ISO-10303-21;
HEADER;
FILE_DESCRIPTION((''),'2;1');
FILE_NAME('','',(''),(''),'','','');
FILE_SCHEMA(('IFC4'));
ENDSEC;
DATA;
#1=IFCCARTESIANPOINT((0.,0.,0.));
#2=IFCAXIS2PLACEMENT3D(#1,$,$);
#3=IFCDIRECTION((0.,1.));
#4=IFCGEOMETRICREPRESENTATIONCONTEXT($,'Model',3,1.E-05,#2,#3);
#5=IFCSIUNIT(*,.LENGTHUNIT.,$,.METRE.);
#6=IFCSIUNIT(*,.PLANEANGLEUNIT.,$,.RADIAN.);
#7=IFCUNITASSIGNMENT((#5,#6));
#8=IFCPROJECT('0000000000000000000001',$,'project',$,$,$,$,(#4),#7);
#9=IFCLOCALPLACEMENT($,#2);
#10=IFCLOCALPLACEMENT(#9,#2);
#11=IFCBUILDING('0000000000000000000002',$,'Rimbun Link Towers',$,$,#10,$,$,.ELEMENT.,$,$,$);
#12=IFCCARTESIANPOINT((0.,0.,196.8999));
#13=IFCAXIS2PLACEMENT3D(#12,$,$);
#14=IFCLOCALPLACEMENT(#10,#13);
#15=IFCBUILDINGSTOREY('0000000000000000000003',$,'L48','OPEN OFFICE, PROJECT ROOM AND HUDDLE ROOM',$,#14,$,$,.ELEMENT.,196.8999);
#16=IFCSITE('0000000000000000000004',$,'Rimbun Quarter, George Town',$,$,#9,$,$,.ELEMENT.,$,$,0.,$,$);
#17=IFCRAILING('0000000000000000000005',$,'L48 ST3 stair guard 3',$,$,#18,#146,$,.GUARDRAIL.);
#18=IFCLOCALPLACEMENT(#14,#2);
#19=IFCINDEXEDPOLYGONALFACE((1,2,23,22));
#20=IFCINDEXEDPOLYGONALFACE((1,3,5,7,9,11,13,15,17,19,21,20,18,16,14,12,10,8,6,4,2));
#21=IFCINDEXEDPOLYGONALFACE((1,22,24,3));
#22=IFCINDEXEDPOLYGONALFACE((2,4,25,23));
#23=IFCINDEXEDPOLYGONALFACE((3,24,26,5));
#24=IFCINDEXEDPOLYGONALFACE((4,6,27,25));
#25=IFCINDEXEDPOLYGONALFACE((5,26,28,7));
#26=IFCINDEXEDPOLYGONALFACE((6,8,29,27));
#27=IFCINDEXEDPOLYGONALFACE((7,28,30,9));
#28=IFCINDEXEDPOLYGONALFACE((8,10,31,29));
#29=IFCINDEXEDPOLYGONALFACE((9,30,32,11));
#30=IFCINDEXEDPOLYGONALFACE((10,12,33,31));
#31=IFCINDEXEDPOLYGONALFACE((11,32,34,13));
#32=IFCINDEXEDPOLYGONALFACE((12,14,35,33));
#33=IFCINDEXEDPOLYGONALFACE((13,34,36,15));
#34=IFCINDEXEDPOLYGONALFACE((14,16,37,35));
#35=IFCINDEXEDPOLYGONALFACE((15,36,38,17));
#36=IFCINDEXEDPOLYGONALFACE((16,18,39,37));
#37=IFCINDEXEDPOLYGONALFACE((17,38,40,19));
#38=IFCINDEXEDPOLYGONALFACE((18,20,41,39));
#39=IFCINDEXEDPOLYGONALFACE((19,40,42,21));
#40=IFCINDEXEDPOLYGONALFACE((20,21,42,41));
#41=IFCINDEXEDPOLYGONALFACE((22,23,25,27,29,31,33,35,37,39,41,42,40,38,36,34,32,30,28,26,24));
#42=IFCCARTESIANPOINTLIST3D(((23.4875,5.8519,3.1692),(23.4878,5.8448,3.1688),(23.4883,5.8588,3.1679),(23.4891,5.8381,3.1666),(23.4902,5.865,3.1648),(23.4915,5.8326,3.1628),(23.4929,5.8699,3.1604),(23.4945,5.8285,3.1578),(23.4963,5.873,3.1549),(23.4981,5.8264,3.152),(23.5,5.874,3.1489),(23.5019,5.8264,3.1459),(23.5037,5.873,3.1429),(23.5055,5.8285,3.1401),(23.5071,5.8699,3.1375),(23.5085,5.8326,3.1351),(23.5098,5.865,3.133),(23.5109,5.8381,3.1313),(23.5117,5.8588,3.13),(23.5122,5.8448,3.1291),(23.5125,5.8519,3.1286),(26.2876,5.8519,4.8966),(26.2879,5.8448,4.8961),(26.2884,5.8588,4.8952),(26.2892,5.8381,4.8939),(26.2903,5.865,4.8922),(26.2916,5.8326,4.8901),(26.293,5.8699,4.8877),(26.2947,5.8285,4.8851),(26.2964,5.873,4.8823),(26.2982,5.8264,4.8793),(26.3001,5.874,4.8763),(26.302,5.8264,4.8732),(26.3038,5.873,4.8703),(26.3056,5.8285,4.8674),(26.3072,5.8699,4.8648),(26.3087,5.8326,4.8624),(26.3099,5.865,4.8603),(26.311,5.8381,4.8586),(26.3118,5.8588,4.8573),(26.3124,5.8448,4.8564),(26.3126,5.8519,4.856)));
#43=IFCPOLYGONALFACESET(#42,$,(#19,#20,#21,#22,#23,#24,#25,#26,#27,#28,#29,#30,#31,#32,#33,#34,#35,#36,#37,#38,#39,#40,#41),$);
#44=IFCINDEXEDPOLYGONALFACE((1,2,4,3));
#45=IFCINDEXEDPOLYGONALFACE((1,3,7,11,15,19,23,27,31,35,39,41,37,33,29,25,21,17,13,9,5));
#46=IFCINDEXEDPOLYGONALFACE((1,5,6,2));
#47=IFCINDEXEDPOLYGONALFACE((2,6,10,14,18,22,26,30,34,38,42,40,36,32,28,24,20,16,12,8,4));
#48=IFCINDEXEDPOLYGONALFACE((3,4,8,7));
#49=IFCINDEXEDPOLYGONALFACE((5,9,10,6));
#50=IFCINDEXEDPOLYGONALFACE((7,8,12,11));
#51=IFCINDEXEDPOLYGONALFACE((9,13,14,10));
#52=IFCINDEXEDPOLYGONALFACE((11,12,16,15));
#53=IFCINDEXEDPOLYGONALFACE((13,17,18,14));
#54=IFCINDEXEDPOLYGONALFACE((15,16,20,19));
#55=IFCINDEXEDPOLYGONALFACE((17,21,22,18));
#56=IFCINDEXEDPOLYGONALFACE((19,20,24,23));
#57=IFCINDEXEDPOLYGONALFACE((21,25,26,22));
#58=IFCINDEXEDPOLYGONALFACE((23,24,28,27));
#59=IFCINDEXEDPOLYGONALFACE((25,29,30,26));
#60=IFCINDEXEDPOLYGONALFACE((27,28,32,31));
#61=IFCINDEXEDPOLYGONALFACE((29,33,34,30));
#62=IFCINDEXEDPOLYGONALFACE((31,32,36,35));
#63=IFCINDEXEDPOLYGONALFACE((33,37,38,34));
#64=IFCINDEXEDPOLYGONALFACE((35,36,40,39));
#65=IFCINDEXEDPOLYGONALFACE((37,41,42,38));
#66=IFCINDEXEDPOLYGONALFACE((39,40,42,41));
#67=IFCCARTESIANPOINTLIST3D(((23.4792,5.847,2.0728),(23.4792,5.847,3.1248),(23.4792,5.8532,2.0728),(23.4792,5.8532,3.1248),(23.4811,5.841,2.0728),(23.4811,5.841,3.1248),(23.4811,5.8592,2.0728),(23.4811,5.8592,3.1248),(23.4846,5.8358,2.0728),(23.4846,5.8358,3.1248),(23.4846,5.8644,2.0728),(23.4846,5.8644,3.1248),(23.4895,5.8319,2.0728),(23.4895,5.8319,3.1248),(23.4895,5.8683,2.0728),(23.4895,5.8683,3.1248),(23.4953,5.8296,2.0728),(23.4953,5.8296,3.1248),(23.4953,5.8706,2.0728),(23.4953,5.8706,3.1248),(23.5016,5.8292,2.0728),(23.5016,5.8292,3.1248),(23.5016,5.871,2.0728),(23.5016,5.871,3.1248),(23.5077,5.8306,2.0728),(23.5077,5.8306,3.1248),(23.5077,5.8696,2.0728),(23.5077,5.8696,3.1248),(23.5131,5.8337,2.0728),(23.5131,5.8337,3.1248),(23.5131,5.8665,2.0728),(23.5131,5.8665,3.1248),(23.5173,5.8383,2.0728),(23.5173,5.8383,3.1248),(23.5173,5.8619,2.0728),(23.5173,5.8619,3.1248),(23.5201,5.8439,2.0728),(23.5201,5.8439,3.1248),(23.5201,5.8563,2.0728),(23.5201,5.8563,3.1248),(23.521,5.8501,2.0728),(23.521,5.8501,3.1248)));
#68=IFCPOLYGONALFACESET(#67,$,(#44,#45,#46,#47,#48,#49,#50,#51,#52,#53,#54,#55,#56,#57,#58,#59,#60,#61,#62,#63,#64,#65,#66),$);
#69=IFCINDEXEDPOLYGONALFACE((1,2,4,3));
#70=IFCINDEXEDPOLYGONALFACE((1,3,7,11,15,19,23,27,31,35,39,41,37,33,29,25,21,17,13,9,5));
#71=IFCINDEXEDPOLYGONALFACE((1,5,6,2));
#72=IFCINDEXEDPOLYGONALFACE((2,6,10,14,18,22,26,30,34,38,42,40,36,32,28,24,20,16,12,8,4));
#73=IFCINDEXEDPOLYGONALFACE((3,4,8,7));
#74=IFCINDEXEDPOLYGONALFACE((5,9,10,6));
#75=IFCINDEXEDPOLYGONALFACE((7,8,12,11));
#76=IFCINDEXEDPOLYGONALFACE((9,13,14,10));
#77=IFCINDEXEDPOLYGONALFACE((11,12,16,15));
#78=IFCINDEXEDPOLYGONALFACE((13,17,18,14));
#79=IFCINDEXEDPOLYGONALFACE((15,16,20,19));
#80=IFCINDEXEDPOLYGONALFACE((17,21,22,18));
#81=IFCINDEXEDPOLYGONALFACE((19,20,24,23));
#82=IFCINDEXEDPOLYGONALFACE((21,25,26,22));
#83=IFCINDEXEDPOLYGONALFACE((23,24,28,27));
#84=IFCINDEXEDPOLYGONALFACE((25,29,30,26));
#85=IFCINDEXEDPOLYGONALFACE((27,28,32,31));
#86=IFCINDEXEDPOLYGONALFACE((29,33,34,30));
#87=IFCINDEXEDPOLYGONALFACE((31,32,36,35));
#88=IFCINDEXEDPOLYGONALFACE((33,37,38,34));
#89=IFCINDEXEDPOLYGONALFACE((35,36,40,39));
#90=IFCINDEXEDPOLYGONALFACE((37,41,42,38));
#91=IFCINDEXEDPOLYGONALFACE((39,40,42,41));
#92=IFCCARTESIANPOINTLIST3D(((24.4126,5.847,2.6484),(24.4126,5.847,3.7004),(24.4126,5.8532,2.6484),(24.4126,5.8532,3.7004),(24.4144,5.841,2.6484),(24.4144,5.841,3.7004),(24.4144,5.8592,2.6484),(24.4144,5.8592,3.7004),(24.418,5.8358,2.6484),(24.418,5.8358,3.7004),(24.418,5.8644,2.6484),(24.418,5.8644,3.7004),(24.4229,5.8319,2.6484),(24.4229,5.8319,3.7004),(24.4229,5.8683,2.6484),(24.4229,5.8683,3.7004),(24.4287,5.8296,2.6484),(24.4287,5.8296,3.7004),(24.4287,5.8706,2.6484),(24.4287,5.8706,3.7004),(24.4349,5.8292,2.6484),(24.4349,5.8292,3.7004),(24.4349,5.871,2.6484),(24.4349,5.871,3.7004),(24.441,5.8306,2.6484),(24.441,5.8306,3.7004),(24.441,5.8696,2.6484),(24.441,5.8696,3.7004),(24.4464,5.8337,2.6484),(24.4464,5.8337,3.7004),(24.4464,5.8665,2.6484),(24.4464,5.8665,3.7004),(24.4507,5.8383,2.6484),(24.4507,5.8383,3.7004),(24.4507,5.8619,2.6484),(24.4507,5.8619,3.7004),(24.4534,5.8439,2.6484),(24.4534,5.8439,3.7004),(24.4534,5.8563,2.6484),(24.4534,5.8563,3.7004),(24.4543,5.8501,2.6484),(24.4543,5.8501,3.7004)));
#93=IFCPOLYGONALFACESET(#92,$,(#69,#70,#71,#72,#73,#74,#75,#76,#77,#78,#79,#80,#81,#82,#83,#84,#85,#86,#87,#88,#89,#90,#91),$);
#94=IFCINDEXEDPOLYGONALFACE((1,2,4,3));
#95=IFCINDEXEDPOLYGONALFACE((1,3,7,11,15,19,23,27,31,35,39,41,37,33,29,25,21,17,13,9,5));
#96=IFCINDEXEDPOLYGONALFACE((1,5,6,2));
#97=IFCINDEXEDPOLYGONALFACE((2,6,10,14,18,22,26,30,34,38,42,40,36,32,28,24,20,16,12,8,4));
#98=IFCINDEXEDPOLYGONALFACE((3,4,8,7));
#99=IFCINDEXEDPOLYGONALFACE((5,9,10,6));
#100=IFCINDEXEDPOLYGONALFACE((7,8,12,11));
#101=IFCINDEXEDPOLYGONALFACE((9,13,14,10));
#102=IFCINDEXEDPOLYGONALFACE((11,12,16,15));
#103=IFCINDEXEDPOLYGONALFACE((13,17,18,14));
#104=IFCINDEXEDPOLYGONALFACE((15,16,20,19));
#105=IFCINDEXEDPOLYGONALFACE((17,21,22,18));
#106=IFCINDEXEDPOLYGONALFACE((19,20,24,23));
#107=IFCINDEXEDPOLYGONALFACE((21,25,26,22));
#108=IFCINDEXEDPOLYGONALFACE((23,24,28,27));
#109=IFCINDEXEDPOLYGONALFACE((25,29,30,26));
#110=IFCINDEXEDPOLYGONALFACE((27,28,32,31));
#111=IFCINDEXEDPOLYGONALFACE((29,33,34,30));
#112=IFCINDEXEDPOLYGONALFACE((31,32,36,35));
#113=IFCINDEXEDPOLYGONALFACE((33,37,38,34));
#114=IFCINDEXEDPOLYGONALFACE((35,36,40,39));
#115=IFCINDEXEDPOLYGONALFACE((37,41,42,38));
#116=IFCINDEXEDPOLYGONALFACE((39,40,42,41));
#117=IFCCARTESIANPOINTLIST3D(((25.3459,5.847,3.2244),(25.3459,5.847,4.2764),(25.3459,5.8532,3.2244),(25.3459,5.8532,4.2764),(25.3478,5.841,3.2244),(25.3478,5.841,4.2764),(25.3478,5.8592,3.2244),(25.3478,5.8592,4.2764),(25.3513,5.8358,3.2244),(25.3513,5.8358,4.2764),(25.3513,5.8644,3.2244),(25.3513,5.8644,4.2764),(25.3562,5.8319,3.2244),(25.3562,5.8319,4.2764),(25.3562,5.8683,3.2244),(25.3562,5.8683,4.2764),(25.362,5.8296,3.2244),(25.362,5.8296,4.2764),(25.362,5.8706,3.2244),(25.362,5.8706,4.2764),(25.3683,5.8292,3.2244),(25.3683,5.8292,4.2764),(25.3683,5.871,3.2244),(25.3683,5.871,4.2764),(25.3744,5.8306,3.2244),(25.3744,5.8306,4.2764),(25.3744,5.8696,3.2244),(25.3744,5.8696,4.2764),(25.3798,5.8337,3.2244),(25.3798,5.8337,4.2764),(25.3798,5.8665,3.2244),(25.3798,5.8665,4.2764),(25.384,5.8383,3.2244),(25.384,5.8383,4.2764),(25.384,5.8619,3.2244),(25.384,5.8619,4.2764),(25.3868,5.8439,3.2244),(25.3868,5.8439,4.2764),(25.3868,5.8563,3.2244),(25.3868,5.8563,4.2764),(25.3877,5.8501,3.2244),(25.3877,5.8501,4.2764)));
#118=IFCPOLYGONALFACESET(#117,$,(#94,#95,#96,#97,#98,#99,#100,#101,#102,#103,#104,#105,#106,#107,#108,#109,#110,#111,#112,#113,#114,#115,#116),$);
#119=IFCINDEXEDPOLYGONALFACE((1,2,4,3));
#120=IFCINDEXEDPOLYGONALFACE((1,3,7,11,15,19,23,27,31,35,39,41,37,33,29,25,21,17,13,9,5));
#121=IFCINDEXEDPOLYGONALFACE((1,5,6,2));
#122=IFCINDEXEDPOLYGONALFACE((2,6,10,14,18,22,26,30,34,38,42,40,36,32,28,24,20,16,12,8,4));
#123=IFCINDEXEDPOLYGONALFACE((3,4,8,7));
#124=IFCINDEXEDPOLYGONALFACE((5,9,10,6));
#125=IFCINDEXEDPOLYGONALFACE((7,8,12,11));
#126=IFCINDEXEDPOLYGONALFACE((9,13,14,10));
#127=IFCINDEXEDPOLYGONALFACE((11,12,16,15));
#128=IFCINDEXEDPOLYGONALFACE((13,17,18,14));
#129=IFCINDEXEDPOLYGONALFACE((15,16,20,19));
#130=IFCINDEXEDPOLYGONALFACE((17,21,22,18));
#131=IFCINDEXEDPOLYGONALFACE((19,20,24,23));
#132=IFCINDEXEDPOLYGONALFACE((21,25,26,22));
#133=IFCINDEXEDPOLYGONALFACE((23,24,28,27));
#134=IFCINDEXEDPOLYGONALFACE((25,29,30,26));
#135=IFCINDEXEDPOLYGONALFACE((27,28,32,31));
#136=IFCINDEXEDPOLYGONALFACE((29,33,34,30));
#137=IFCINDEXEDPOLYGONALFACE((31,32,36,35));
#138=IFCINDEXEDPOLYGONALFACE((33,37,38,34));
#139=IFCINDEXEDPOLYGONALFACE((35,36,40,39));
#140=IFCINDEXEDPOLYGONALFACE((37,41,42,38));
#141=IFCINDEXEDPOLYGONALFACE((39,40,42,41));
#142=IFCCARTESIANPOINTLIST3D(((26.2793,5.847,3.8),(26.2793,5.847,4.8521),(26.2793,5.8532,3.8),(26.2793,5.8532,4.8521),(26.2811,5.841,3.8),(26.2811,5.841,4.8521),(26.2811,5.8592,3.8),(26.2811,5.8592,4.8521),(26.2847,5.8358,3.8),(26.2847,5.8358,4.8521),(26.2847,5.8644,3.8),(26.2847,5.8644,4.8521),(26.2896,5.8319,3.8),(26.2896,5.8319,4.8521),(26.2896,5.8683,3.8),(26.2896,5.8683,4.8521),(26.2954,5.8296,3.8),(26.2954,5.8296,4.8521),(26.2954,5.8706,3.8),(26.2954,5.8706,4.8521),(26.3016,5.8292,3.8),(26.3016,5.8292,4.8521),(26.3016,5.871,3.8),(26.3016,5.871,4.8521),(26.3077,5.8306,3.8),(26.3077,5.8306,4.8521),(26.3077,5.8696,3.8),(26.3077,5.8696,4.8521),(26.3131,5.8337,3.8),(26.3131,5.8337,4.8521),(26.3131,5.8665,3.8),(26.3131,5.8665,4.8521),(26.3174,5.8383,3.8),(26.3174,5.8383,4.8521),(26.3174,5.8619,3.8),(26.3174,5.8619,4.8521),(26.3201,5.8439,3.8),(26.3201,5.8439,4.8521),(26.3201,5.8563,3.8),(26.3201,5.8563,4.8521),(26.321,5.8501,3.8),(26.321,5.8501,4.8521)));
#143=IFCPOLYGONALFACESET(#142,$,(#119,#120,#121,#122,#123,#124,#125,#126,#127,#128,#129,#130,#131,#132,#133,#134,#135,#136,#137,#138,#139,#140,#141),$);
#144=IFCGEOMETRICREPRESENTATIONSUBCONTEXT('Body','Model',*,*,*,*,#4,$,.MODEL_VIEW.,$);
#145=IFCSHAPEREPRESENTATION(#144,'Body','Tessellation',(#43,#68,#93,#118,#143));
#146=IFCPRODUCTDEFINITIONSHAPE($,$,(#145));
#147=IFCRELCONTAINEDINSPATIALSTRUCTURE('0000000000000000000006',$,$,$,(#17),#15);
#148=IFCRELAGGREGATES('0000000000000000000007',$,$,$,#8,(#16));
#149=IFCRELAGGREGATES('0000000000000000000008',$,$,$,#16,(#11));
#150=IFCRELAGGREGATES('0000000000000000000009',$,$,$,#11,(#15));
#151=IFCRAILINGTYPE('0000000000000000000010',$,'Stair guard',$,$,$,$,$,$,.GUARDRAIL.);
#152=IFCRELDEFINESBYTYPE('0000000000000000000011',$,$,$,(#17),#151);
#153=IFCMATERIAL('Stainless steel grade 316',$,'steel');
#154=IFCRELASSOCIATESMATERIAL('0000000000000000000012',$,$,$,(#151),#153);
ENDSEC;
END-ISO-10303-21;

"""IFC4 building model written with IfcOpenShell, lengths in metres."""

from ifc_helpers import new_model, si_unit, direction, frame, origin, origin_2d, place, context, subcontext, project, spatial, circle, extrude, material, type_object, element, save


model = new_model("IFC4")

# Units and contexts
model_context = context("Model", 3, precision=1e-05, world=origin(), true_north=direction((0.0, 1.0)))
body_context = subcontext(model_context, "Body", "Model", "MODEL_VIEW")
ifc_project = project(units=[si_unit("LENGTHUNIT", "METRE"), si_unit("PLANEANGLEUNIT", "RADIAN")], contexts=[model_context])

# Site, building, storey
site_placement = place(None, origin())
site = spatial("IfcSite", under=ifc_project, at=site_placement, Name="Rimbun Quarter, George Town", CompositionType="ELEMENT", RefElevation=0.0)
building_placement = place(site_placement, origin())
building = spatial("IfcBuilding", under=site, at=building_placement, Name="Rimbun Link Towers", CompositionType="ELEMENT")
storey_placement = place(building_placement, frame((0.0, 0.0, 196.8999)))
storey = spatial("IfcBuildingStorey", under=building, at=storey_placement, Name="L48", Description="OPEN OFFICE, PROJECT ROOM AND HUDDLE ROOM", CompositionType="ELEMENT", Elevation=196.8999)

# Railing
ifc_material_1 = material(Name="Stainless steel grade 316", Category="steel")
railing_type_1 = type_object("IfcRailingType", Name="Stair guard", PredefinedType="GUARDRAIL", material=ifc_material_1)
railing_1_placement = place(storey_placement, frame((23.5, 5.8501, 2.0728)))
element("IfcRailing", 1, at=railing_1_placement, inside=storey, type_object=railing_type_1, Name="L48 ST3 stair guard 3", PredefinedType="GUARDRAIL", context=body_context, shape_type="SweptSolid", body=[
    extrude(circle(Radius=0.0239, at=origin_2d()), frame((0.0, 0.0, 1.0762), z_axis=(0.85109, 0.0, 0.52502), x_axis=(0.0, 1.0, 0.0)), (0.0, 0.0, 1.0), 3.29),
    extrude(circle(Radius=0.021, at=origin_2d()), origin(), (0.0, 0.0, 1.0), 1.052),
    extrude(circle(Radius=0.021, at=origin_2d()), frame((0.9333, 0.0, 0.5757)), (0.0, 0.0, 1.0), 1.052),
    extrude(circle(Radius=0.021, at=origin_2d()), frame((1.8667, 0.0, 1.1516)), (0.0, 0.0, 1.0), 1.052),
    extrude(circle(Radius=0.021, at=origin_2d()), frame((2.8, 0.0, 1.7273)), (0.0, 0.0, 1.0), 1.052),
])

save(model, "model.ifc")
